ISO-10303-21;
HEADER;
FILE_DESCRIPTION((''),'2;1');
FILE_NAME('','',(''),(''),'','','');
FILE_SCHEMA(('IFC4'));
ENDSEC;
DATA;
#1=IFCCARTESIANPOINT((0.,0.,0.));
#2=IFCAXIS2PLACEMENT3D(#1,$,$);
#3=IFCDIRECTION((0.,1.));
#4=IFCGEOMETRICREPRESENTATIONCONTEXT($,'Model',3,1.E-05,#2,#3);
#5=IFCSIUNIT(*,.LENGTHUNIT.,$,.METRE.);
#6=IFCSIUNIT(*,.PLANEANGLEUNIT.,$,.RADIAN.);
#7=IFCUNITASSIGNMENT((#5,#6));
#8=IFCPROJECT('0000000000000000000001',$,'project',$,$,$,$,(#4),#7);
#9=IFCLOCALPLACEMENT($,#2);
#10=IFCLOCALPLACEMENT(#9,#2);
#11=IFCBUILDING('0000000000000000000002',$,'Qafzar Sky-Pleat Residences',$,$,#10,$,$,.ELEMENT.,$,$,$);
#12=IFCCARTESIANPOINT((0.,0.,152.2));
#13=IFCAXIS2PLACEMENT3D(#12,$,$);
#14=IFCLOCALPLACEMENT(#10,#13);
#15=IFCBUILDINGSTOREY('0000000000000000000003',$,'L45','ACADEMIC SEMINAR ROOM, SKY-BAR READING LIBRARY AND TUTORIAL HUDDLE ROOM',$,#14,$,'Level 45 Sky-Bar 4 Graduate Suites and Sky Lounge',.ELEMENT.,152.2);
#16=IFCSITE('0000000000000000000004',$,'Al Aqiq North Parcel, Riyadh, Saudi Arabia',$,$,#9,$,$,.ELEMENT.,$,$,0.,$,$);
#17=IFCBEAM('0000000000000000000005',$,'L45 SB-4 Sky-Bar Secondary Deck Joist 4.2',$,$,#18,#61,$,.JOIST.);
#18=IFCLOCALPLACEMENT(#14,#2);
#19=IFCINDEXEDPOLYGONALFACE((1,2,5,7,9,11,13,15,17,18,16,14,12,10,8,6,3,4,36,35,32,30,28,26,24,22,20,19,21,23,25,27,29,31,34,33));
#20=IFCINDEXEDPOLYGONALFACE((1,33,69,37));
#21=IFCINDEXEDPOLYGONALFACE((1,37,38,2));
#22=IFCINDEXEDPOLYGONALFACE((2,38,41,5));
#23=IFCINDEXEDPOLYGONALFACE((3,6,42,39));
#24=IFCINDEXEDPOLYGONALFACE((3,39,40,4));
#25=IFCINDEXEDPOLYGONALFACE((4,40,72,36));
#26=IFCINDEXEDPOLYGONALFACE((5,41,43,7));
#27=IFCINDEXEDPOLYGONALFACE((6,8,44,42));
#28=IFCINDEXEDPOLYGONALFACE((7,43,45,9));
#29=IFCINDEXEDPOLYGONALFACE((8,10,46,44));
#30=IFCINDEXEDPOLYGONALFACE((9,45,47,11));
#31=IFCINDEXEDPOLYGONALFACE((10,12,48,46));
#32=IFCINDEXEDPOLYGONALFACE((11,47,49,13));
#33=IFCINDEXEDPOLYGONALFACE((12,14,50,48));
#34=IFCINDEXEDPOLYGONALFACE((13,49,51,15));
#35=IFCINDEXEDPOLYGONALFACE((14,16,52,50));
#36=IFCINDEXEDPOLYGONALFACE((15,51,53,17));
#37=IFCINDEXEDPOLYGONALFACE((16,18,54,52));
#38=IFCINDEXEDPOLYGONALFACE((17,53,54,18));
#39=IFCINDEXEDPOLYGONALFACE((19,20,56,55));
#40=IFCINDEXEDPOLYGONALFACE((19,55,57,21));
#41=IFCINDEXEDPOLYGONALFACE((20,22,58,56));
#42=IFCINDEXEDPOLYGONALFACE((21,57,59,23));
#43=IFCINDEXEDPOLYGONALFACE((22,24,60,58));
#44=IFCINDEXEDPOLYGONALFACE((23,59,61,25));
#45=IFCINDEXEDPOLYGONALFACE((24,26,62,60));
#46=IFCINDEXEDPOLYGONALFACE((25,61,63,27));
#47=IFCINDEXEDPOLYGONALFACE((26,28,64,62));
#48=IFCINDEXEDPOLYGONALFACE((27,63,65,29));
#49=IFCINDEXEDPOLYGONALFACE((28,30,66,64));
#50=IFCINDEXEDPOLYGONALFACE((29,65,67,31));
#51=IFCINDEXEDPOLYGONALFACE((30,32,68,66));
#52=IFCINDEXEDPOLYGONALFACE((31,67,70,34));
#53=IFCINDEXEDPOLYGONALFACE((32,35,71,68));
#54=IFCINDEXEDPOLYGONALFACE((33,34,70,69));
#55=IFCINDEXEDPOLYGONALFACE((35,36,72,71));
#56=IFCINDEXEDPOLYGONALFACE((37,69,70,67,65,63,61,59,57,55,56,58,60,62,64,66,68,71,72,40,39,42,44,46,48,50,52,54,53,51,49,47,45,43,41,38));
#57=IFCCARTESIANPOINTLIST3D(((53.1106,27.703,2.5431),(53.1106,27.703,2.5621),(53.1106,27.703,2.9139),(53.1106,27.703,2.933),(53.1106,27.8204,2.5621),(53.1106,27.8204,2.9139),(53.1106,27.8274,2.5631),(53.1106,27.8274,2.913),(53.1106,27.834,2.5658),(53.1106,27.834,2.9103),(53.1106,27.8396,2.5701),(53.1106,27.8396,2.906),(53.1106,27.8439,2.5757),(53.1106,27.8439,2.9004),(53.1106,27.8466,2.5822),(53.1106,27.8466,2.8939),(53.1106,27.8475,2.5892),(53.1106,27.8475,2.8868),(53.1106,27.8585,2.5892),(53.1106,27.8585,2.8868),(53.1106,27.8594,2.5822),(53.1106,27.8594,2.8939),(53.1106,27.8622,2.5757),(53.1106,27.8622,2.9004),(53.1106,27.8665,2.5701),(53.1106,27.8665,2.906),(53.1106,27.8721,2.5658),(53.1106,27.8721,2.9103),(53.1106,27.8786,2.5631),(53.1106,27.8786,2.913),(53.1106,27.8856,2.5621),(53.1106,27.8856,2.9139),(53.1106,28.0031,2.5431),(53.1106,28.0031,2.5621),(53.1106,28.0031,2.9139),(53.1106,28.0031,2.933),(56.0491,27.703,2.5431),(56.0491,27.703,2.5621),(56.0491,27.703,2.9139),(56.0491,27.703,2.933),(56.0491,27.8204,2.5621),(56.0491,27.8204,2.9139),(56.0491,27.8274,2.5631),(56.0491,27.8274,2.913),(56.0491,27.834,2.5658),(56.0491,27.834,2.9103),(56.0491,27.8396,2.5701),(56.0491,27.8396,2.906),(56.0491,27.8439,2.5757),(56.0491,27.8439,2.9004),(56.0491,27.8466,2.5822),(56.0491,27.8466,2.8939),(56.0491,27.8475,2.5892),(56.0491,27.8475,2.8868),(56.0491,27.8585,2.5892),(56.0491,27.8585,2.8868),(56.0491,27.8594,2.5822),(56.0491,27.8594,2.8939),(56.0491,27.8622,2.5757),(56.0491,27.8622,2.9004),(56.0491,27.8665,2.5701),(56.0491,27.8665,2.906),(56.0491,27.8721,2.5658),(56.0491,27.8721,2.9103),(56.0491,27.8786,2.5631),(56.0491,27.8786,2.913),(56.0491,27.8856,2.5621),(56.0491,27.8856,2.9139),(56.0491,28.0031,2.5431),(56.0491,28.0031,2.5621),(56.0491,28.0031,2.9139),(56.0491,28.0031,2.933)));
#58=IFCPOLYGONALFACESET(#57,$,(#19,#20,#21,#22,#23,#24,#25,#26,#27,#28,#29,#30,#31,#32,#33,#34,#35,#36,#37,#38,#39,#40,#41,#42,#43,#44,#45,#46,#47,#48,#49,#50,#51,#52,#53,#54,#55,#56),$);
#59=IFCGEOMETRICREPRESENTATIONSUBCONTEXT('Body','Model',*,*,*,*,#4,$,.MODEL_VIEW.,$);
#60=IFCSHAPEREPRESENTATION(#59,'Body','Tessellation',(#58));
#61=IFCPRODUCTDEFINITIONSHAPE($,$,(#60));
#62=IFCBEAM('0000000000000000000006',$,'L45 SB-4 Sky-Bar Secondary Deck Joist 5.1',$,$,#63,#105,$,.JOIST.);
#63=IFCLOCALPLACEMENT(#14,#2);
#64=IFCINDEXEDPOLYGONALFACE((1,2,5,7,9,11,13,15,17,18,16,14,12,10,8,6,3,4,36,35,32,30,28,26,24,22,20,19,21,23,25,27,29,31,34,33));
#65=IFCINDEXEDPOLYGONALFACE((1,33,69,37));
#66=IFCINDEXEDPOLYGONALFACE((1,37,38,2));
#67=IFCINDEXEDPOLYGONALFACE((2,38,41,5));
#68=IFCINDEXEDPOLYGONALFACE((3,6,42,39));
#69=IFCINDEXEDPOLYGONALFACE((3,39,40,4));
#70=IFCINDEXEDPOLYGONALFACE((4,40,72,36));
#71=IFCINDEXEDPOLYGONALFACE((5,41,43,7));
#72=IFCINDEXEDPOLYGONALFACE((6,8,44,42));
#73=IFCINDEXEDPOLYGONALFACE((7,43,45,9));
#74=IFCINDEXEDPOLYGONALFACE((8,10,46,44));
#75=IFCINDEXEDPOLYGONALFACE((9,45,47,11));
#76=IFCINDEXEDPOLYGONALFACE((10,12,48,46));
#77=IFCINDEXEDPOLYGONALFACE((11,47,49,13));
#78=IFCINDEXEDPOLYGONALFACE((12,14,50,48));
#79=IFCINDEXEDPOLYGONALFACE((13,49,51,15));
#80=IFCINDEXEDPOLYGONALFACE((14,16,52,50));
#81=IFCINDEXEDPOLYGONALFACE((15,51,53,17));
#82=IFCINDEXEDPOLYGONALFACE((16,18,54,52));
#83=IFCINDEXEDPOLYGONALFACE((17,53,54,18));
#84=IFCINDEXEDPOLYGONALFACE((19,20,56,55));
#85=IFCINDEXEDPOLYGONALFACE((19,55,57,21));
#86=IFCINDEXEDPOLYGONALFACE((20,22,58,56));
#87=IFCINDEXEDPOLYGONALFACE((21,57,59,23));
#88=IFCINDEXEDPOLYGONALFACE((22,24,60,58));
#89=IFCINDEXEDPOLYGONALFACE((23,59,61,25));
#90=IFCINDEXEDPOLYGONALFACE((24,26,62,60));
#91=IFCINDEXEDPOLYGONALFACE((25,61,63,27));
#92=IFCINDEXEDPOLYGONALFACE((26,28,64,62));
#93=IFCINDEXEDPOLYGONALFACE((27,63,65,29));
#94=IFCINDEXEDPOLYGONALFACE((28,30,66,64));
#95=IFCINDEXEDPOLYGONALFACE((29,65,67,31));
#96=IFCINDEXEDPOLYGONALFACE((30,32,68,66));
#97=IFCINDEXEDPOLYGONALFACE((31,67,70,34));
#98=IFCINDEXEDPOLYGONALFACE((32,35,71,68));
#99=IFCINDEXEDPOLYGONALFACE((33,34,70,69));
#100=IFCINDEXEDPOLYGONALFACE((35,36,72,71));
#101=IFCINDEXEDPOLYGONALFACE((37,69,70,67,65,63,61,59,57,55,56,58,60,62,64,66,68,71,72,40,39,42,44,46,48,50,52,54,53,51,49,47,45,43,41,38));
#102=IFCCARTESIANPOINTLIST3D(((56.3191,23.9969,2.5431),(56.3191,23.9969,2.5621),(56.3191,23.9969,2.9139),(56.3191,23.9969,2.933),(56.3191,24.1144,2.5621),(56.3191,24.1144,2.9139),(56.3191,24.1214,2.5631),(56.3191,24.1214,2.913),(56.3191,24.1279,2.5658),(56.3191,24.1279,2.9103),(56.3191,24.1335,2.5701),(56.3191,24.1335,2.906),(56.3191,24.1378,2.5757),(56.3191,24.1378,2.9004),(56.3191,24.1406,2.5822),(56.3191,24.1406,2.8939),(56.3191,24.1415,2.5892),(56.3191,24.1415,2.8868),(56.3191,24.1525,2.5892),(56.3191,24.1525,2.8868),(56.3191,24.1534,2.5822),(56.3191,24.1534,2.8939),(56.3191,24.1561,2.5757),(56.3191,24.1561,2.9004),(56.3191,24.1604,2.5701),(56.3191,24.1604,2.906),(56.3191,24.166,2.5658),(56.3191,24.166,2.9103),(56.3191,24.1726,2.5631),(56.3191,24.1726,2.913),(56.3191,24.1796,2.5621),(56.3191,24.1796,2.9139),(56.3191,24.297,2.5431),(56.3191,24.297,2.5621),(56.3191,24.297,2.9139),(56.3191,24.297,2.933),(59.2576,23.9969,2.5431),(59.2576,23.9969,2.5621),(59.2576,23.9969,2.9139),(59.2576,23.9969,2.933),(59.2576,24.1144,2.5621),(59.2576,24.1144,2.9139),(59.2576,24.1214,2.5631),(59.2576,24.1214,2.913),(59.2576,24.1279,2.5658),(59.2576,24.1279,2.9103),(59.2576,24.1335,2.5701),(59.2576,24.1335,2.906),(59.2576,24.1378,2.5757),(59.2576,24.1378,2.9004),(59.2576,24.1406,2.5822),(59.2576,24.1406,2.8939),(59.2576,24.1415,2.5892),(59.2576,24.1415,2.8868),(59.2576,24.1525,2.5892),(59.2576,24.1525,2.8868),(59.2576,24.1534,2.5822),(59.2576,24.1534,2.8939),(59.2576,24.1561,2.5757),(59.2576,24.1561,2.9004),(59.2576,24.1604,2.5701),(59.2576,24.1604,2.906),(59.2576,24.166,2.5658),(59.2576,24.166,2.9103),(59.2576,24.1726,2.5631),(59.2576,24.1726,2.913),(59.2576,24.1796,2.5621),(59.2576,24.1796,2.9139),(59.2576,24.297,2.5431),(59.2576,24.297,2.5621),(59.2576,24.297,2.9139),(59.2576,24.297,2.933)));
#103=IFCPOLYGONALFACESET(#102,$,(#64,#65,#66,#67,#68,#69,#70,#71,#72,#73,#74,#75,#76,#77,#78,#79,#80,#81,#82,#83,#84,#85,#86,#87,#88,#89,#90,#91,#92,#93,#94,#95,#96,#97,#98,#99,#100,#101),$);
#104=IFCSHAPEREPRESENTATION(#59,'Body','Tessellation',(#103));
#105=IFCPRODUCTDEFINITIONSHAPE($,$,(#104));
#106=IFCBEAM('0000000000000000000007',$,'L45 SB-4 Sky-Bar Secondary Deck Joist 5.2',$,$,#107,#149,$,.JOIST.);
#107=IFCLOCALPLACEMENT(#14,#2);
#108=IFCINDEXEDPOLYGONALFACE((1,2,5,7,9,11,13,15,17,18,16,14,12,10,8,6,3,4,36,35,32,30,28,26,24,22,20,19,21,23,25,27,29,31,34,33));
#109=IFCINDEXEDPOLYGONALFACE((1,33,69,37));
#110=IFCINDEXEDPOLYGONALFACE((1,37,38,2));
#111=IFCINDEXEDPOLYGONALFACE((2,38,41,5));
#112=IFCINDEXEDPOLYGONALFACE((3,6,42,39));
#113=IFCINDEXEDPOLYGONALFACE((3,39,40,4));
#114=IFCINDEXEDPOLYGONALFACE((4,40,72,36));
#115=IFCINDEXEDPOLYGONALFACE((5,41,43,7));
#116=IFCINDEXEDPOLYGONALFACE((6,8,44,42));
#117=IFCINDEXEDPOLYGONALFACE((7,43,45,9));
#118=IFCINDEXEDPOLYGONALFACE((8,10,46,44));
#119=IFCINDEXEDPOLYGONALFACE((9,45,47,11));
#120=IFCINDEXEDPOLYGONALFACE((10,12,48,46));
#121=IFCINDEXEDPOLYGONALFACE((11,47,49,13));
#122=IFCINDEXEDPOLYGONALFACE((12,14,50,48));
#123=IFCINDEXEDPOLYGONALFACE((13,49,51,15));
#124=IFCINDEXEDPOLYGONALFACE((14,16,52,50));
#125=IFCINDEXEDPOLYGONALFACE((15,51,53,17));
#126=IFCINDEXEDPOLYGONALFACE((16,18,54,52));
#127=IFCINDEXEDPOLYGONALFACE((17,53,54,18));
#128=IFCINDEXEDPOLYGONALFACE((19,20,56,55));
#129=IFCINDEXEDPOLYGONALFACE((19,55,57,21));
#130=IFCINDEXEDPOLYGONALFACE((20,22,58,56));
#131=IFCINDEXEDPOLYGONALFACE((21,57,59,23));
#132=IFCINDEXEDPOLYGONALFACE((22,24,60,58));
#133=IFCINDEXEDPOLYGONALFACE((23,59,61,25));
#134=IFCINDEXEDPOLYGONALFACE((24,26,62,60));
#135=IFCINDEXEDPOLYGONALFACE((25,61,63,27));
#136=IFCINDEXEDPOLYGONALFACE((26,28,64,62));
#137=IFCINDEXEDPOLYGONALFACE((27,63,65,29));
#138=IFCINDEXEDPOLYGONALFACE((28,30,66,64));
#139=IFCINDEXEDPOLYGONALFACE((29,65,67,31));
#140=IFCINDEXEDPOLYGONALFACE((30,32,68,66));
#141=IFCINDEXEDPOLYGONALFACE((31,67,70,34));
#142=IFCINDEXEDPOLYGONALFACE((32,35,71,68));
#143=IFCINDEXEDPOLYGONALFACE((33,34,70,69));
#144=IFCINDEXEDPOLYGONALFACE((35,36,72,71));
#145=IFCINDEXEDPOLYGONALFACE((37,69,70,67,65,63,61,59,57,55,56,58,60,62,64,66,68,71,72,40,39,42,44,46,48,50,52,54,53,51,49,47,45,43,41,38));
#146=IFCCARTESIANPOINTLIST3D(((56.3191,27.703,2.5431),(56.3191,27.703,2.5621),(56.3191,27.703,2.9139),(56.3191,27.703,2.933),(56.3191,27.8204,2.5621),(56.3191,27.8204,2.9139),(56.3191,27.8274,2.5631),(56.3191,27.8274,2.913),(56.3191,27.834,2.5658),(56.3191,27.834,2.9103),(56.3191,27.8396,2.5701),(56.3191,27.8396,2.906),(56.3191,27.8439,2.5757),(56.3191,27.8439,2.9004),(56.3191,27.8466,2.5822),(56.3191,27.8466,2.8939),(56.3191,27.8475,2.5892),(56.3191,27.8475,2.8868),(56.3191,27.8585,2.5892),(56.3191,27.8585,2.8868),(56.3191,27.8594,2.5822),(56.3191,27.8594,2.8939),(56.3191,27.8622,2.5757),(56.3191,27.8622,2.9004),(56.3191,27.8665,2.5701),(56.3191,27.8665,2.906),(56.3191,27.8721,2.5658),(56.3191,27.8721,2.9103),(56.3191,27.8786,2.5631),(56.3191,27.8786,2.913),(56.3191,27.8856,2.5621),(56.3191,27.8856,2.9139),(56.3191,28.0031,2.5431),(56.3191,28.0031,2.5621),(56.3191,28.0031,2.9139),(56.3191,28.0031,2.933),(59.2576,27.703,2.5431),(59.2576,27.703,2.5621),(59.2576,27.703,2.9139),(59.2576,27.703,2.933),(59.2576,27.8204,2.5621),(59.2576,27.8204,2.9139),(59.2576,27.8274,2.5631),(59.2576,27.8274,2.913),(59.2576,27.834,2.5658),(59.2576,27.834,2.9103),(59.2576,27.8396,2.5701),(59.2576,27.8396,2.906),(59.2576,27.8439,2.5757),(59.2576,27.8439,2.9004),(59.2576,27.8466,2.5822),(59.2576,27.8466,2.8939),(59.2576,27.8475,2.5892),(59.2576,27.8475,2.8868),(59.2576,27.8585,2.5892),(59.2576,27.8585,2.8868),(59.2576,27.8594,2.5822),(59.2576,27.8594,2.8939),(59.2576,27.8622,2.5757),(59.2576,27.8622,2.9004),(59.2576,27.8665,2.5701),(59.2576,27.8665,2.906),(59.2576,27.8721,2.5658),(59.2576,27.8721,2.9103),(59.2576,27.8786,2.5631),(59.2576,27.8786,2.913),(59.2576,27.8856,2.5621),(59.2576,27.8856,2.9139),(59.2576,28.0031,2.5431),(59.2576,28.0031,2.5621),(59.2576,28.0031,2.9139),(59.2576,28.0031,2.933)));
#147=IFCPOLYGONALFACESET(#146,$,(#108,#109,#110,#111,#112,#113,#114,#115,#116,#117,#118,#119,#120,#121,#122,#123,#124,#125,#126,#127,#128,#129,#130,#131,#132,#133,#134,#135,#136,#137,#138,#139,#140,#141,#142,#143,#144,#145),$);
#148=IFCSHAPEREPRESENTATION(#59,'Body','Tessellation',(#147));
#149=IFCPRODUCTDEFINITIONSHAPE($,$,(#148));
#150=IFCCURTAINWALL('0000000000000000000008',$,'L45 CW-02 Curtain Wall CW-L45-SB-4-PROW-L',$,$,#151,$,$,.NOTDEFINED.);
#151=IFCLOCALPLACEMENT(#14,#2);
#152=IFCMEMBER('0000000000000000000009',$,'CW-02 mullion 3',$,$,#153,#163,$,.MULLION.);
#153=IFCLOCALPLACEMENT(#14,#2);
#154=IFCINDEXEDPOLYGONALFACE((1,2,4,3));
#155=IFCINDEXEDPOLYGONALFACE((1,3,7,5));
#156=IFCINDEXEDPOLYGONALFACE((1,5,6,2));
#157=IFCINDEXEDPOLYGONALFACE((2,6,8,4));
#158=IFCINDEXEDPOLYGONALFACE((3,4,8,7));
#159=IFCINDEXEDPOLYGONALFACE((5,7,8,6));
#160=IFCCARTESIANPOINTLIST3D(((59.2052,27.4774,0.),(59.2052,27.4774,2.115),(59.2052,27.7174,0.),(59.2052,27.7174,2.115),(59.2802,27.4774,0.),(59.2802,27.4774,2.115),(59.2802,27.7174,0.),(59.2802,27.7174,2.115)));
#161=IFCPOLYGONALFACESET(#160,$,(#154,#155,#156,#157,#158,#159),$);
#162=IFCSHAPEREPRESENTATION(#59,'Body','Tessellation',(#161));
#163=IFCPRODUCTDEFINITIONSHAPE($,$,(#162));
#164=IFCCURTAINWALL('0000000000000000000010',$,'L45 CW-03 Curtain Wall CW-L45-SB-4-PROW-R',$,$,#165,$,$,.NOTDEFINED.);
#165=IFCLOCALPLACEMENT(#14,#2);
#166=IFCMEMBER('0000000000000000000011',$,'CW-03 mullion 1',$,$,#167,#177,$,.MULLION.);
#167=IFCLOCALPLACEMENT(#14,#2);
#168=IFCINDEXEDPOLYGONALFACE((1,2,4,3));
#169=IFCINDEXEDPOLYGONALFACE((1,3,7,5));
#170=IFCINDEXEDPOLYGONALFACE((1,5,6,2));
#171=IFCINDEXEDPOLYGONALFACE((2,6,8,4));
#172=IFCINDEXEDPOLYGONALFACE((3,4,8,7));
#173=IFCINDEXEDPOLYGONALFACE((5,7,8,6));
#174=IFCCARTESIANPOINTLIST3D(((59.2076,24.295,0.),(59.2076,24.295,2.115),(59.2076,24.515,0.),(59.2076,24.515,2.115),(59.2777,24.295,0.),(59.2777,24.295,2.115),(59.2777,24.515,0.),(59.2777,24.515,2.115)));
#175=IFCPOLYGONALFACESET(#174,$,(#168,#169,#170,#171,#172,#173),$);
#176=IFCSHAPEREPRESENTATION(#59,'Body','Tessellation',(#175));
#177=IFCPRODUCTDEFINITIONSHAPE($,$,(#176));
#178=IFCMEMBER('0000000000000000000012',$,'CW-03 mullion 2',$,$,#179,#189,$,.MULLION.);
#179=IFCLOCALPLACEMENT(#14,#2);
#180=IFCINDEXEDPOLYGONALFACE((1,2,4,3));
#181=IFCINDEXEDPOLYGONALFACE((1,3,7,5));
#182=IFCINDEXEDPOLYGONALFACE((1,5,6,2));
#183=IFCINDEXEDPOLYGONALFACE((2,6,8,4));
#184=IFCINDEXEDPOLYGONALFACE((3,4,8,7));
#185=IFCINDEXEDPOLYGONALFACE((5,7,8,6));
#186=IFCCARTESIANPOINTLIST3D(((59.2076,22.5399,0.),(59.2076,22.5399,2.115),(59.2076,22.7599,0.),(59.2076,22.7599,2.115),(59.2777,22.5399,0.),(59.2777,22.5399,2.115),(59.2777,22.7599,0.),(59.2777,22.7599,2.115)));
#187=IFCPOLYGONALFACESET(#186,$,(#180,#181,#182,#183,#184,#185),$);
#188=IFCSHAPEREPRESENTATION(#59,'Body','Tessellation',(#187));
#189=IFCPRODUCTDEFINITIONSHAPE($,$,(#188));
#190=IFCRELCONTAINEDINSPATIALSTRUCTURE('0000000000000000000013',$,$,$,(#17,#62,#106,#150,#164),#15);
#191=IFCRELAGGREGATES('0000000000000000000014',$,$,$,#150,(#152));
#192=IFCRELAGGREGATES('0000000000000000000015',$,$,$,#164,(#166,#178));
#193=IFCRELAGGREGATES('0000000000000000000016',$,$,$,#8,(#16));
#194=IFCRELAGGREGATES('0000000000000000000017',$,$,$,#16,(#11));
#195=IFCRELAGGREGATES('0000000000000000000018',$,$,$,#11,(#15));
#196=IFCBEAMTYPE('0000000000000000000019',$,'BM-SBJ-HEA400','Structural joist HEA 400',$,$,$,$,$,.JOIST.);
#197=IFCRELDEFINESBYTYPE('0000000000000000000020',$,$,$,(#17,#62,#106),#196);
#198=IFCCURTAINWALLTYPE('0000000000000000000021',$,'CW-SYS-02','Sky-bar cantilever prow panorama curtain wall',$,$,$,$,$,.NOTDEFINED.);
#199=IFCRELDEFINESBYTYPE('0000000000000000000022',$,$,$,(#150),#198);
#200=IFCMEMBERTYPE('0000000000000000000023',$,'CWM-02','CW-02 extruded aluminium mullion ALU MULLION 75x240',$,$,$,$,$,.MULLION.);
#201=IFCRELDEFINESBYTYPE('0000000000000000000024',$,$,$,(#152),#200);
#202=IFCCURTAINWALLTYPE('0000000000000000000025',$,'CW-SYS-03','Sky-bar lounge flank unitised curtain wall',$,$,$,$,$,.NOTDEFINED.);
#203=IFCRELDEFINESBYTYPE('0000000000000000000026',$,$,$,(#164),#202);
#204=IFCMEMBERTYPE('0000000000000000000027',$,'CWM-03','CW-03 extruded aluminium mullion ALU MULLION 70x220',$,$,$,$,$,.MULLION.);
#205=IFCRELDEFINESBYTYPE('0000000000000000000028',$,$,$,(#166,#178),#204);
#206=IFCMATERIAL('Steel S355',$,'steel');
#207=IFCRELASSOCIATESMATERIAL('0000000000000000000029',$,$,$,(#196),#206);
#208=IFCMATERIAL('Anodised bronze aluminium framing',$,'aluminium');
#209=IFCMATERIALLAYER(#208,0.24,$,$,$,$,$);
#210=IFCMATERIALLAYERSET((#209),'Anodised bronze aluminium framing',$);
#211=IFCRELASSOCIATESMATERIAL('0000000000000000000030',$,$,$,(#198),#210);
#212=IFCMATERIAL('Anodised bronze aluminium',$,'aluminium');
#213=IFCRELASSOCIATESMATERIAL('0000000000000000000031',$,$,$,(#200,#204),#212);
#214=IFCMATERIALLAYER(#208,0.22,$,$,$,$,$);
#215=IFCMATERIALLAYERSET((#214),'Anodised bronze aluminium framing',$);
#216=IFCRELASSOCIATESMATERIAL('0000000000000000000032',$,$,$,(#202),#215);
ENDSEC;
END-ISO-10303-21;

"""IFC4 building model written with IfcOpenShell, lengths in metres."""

from ifc_helpers import new_model, si_unit, direction, frame, origin, origin_2d, place, context, subcontext, project, spatial, rectangle, i_section, extrude, source, transform, mapped, material, layer, layer_set, material_profile, profile_set, type_object, element, aggregate, save


model = new_model("IFC4")

# Units and contexts
model_context = context("Model", 3, precision=1e-05, world=origin(), true_north=direction((0.0, 1.0)))
body_context = subcontext(model_context, "Body", "Model", "MODEL_VIEW")
ifc_project = project(units=[si_unit("LENGTHUNIT", "METRE"), si_unit("PLANEANGLEUNIT", "RADIAN")], contexts=[model_context])

# Site, building, storey
site_placement = place(None, origin())
site = spatial("IfcSite", under=ifc_project, at=site_placement, Name="Al Aqiq North Parcel, Riyadh, Saudi Arabia", CompositionType="ELEMENT", RefElevation=0.0)
building_placement = place(site_placement, origin())
building = spatial("IfcBuilding", under=site, at=building_placement, Name="Qafzar Sky-Pleat Residences", CompositionType="ELEMENT")
storey_placement = place(building_placement, frame((0.0, 0.0, 152.2)))
storey = spatial("IfcBuildingStorey", under=building, at=storey_placement, Name="L45", Description="ACADEMIC SEMINAR ROOM, SKY-BAR READING LIBRARY AND TUTORIAL HUDDLE ROOM", LongName="Level 45 Sky-Bar 4 Graduate Suites and Sky Lounge", CompositionType="ELEMENT", Elevation=152.2)

# Beams
ifc_material_1 = material(Name="Steel S355", Category="steel")
ifc_material_profile_1 = material_profile(ifc_material_1, i_section(OverallWidth=0.3, OverallDepth=0.3899, WebThickness=0.011, FlangeThickness=0.019, FilletRadius=0.0271, at=origin_2d()), Name="HEA 400")
ifc_profile_set_1 = profile_set([ifc_material_profile_1], Name="Steel S355")
beam_type_1 = type_object("IfcBeamType", Name="BM-SBJ-HEA400", Description="Structural joist HEA 400", PredefinedType="JOIST", material=ifc_profile_set_1)
shared_shape_1 = source(origin(), body_context, "Body", "SweptSolid", [
    extrude(i_section(OverallWidth=0.3, OverallDepth=0.3899, WebThickness=0.011, FlangeThickness=0.019, FilletRadius=0.0271, at=origin_2d()), origin(), (0.0, 0.0, 1.0), 2.9385),
])
for number, where, z_axis, x_axis, name in (
    (1, (53.1106, 27.853, 2.738), (1.0, 0.0, 0.0), (0.0, 1.0, 0.0), "L45 SB-4 Sky-Bar Secondary Deck Joist 4.2"),
    (2, (56.3191, 24.147, 2.738), (1.0, 0.0, 0.0), (0.0, 1.0, 0.0), "L45 SB-4 Sky-Bar Secondary Deck Joist 5.1"),
    (3, (56.3191, 27.853, 2.738), (1.0, 0.0, 0.0), (0.0, 1.0, 0.0), "L45 SB-4 Sky-Bar Secondary Deck Joist 5.2"),
):
    element("IfcBeam", number, at=place(storey_placement, frame(where, z_axis=z_axis, x_axis=x_axis)), inside=storey, type_object=beam_type_1, Name=name, PredefinedType="JOIST", context=body_context, shape_type="MappedRepresentation", body=[
        mapped(shared_shape_1, transform((0.0, 0.0, 0.0), x_axis=(1.0, 0.0, 0.0), y_axis=(0.0, 1.0, 0.0), z_axis=(0.0, 0.0, 1.0), scale=1.0)),
    ])

# Curtain wall, member
ifc_material_2 = material(Name="Anodised bronze aluminium framing", Category="aluminium")
ifc_layer_1 = layer(ifc_material_2, 0.24)
ifc_layer_set_1 = layer_set([ifc_layer_1], Name="Anodised bronze aluminium framing")
curtain_wall_type_1 = type_object("IfcCurtainWallType", Name="CW-SYS-02", Description="Sky-bar cantilever prow panorama curtain wall", PredefinedType="NOTDEFINED", material=ifc_layer_set_1)
curtain_wall_1_placement = place(storey_placement, origin())
curtain_wall_1 = element("IfcCurtainWall", 4, at=curtain_wall_1_placement, inside=storey, type_object=curtain_wall_type_1, Name="L45 CW-02 Curtain Wall CW-L45-SB-4-PROW-L", PredefinedType="NOTDEFINED")
ifc_material_3 = material(Name="Anodised bronze aluminium", Category="aluminium")
ifc_material_profile_2 = material_profile(ifc_material_3, rectangle(XDim=0.075, YDim=0.24, at=origin_2d()), Name="ALU MULLION 75x240")
ifc_profile_set_2 = profile_set([ifc_material_profile_2], Name="Anodised bronze aluminium")
member_type_1 = type_object("IfcMemberType", Name="CWM-02", Description="CW-02 extruded aluminium mullion ALU MULLION 75x240", PredefinedType="MULLION", material=ifc_profile_set_2)
shared_shape_2 = source(origin(), body_context, "Body", "SweptSolid", [
    extrude(rectangle(XDim=0.075, YDim=0.24, at=origin_2d()), origin(), (0.0, 0.0, 1.0), 2.115),
])
member_1_placement = place(storey_placement, frame((59.2427, 27.5974, 0.0), z_axis=(0.0, 0.0, 1.0), x_axis=(1.0, 0.0, 0.0)))
member_1 = element("IfcMember", 5, at=member_1_placement, type_object=member_type_1, Name="CW-02 mullion 3", PredefinedType="MULLION", context=body_context, shape_type="MappedRepresentation", body=[
    mapped(shared_shape_2, transform((0.0, 0.0, 0.0), x_axis=(1.0, 0.0, 0.0), y_axis=(0.0, 1.0, 0.0), z_axis=(0.0, 0.0, 1.0), scale=1.0)),
])
aggregate(curtain_wall_1, [member_1])

# Curtain wall, members
ifc_layer_2 = layer(ifc_material_2, 0.22)
ifc_layer_set_2 = layer_set([ifc_layer_2], Name="Anodised bronze aluminium framing")
curtain_wall_type_2 = type_object("IfcCurtainWallType", Name="CW-SYS-03", Description="Sky-bar lounge flank unitised curtain wall", PredefinedType="NOTDEFINED", material=ifc_layer_set_2)
curtain_wall_2_placement = place(storey_placement, origin())
curtain_wall_2 = element("IfcCurtainWall", 6, at=curtain_wall_2_placement, inside=storey, type_object=curtain_wall_type_2, Name="L45 CW-03 Curtain Wall CW-L45-SB-4-PROW-R", PredefinedType="NOTDEFINED")
ifc_material_profile_3 = material_profile(ifc_material_3, rectangle(XDim=0.0701, YDim=0.22, at=origin_2d()), Name="ALU MULLION 70x220")
ifc_profile_set_3 = profile_set([ifc_material_profile_3], Name="Anodised bronze aluminium")
member_type_2 = type_object("IfcMemberType", Name="CWM-03", Description="CW-03 extruded aluminium mullion ALU MULLION 70x220", PredefinedType="MULLION", material=ifc_profile_set_3)
shared_shape_3 = source(origin(), body_context, "Body", "SweptSolid", [
    extrude(rectangle(XDim=0.0701, YDim=0.22, at=origin_2d()), origin(), (0.0, 0.0, 1.0), 2.115),
])
member_2_placement = place(storey_placement, frame((59.2427, 24.405, 0.0), z_axis=(0.0, 0.0, 1.0), x_axis=(1.0, 0.0, 0.0)))
member_2 = element("IfcMember", 7, at=member_2_placement, type_object=member_type_2, Name="CW-03 mullion 1", PredefinedType="MULLION", context=body_context, shape_type="MappedRepresentation", body=[
    mapped(shared_shape_3, transform((0.0, 0.0, 0.0), x_axis=(1.0, 0.0, 0.0), y_axis=(0.0, 1.0, 0.0), z_axis=(0.0, 0.0, 1.0), scale=1.0)),
])
member_3_placement = place(storey_placement, frame((59.2427, 22.6499, 0.0), z_axis=(0.0, 0.0, 1.0), x_axis=(1.0, 0.0, 0.0)))
member_3 = element("IfcMember", 8, at=member_3_placement, type_object=member_type_2, Name="CW-03 mullion 2", PredefinedType="MULLION", context=body_context, shape_type="MappedRepresentation", body=[
    mapped(shared_shape_3, transform((0.0, 0.0, 0.0), x_axis=(1.0, 0.0, 0.0), y_axis=(0.0, 1.0, 0.0), z_axis=(0.0, 0.0, 1.0), scale=1.0)),
])

aggregate(curtain_wall_2, [member_2, member_3])

save(model, "model.ifc")
